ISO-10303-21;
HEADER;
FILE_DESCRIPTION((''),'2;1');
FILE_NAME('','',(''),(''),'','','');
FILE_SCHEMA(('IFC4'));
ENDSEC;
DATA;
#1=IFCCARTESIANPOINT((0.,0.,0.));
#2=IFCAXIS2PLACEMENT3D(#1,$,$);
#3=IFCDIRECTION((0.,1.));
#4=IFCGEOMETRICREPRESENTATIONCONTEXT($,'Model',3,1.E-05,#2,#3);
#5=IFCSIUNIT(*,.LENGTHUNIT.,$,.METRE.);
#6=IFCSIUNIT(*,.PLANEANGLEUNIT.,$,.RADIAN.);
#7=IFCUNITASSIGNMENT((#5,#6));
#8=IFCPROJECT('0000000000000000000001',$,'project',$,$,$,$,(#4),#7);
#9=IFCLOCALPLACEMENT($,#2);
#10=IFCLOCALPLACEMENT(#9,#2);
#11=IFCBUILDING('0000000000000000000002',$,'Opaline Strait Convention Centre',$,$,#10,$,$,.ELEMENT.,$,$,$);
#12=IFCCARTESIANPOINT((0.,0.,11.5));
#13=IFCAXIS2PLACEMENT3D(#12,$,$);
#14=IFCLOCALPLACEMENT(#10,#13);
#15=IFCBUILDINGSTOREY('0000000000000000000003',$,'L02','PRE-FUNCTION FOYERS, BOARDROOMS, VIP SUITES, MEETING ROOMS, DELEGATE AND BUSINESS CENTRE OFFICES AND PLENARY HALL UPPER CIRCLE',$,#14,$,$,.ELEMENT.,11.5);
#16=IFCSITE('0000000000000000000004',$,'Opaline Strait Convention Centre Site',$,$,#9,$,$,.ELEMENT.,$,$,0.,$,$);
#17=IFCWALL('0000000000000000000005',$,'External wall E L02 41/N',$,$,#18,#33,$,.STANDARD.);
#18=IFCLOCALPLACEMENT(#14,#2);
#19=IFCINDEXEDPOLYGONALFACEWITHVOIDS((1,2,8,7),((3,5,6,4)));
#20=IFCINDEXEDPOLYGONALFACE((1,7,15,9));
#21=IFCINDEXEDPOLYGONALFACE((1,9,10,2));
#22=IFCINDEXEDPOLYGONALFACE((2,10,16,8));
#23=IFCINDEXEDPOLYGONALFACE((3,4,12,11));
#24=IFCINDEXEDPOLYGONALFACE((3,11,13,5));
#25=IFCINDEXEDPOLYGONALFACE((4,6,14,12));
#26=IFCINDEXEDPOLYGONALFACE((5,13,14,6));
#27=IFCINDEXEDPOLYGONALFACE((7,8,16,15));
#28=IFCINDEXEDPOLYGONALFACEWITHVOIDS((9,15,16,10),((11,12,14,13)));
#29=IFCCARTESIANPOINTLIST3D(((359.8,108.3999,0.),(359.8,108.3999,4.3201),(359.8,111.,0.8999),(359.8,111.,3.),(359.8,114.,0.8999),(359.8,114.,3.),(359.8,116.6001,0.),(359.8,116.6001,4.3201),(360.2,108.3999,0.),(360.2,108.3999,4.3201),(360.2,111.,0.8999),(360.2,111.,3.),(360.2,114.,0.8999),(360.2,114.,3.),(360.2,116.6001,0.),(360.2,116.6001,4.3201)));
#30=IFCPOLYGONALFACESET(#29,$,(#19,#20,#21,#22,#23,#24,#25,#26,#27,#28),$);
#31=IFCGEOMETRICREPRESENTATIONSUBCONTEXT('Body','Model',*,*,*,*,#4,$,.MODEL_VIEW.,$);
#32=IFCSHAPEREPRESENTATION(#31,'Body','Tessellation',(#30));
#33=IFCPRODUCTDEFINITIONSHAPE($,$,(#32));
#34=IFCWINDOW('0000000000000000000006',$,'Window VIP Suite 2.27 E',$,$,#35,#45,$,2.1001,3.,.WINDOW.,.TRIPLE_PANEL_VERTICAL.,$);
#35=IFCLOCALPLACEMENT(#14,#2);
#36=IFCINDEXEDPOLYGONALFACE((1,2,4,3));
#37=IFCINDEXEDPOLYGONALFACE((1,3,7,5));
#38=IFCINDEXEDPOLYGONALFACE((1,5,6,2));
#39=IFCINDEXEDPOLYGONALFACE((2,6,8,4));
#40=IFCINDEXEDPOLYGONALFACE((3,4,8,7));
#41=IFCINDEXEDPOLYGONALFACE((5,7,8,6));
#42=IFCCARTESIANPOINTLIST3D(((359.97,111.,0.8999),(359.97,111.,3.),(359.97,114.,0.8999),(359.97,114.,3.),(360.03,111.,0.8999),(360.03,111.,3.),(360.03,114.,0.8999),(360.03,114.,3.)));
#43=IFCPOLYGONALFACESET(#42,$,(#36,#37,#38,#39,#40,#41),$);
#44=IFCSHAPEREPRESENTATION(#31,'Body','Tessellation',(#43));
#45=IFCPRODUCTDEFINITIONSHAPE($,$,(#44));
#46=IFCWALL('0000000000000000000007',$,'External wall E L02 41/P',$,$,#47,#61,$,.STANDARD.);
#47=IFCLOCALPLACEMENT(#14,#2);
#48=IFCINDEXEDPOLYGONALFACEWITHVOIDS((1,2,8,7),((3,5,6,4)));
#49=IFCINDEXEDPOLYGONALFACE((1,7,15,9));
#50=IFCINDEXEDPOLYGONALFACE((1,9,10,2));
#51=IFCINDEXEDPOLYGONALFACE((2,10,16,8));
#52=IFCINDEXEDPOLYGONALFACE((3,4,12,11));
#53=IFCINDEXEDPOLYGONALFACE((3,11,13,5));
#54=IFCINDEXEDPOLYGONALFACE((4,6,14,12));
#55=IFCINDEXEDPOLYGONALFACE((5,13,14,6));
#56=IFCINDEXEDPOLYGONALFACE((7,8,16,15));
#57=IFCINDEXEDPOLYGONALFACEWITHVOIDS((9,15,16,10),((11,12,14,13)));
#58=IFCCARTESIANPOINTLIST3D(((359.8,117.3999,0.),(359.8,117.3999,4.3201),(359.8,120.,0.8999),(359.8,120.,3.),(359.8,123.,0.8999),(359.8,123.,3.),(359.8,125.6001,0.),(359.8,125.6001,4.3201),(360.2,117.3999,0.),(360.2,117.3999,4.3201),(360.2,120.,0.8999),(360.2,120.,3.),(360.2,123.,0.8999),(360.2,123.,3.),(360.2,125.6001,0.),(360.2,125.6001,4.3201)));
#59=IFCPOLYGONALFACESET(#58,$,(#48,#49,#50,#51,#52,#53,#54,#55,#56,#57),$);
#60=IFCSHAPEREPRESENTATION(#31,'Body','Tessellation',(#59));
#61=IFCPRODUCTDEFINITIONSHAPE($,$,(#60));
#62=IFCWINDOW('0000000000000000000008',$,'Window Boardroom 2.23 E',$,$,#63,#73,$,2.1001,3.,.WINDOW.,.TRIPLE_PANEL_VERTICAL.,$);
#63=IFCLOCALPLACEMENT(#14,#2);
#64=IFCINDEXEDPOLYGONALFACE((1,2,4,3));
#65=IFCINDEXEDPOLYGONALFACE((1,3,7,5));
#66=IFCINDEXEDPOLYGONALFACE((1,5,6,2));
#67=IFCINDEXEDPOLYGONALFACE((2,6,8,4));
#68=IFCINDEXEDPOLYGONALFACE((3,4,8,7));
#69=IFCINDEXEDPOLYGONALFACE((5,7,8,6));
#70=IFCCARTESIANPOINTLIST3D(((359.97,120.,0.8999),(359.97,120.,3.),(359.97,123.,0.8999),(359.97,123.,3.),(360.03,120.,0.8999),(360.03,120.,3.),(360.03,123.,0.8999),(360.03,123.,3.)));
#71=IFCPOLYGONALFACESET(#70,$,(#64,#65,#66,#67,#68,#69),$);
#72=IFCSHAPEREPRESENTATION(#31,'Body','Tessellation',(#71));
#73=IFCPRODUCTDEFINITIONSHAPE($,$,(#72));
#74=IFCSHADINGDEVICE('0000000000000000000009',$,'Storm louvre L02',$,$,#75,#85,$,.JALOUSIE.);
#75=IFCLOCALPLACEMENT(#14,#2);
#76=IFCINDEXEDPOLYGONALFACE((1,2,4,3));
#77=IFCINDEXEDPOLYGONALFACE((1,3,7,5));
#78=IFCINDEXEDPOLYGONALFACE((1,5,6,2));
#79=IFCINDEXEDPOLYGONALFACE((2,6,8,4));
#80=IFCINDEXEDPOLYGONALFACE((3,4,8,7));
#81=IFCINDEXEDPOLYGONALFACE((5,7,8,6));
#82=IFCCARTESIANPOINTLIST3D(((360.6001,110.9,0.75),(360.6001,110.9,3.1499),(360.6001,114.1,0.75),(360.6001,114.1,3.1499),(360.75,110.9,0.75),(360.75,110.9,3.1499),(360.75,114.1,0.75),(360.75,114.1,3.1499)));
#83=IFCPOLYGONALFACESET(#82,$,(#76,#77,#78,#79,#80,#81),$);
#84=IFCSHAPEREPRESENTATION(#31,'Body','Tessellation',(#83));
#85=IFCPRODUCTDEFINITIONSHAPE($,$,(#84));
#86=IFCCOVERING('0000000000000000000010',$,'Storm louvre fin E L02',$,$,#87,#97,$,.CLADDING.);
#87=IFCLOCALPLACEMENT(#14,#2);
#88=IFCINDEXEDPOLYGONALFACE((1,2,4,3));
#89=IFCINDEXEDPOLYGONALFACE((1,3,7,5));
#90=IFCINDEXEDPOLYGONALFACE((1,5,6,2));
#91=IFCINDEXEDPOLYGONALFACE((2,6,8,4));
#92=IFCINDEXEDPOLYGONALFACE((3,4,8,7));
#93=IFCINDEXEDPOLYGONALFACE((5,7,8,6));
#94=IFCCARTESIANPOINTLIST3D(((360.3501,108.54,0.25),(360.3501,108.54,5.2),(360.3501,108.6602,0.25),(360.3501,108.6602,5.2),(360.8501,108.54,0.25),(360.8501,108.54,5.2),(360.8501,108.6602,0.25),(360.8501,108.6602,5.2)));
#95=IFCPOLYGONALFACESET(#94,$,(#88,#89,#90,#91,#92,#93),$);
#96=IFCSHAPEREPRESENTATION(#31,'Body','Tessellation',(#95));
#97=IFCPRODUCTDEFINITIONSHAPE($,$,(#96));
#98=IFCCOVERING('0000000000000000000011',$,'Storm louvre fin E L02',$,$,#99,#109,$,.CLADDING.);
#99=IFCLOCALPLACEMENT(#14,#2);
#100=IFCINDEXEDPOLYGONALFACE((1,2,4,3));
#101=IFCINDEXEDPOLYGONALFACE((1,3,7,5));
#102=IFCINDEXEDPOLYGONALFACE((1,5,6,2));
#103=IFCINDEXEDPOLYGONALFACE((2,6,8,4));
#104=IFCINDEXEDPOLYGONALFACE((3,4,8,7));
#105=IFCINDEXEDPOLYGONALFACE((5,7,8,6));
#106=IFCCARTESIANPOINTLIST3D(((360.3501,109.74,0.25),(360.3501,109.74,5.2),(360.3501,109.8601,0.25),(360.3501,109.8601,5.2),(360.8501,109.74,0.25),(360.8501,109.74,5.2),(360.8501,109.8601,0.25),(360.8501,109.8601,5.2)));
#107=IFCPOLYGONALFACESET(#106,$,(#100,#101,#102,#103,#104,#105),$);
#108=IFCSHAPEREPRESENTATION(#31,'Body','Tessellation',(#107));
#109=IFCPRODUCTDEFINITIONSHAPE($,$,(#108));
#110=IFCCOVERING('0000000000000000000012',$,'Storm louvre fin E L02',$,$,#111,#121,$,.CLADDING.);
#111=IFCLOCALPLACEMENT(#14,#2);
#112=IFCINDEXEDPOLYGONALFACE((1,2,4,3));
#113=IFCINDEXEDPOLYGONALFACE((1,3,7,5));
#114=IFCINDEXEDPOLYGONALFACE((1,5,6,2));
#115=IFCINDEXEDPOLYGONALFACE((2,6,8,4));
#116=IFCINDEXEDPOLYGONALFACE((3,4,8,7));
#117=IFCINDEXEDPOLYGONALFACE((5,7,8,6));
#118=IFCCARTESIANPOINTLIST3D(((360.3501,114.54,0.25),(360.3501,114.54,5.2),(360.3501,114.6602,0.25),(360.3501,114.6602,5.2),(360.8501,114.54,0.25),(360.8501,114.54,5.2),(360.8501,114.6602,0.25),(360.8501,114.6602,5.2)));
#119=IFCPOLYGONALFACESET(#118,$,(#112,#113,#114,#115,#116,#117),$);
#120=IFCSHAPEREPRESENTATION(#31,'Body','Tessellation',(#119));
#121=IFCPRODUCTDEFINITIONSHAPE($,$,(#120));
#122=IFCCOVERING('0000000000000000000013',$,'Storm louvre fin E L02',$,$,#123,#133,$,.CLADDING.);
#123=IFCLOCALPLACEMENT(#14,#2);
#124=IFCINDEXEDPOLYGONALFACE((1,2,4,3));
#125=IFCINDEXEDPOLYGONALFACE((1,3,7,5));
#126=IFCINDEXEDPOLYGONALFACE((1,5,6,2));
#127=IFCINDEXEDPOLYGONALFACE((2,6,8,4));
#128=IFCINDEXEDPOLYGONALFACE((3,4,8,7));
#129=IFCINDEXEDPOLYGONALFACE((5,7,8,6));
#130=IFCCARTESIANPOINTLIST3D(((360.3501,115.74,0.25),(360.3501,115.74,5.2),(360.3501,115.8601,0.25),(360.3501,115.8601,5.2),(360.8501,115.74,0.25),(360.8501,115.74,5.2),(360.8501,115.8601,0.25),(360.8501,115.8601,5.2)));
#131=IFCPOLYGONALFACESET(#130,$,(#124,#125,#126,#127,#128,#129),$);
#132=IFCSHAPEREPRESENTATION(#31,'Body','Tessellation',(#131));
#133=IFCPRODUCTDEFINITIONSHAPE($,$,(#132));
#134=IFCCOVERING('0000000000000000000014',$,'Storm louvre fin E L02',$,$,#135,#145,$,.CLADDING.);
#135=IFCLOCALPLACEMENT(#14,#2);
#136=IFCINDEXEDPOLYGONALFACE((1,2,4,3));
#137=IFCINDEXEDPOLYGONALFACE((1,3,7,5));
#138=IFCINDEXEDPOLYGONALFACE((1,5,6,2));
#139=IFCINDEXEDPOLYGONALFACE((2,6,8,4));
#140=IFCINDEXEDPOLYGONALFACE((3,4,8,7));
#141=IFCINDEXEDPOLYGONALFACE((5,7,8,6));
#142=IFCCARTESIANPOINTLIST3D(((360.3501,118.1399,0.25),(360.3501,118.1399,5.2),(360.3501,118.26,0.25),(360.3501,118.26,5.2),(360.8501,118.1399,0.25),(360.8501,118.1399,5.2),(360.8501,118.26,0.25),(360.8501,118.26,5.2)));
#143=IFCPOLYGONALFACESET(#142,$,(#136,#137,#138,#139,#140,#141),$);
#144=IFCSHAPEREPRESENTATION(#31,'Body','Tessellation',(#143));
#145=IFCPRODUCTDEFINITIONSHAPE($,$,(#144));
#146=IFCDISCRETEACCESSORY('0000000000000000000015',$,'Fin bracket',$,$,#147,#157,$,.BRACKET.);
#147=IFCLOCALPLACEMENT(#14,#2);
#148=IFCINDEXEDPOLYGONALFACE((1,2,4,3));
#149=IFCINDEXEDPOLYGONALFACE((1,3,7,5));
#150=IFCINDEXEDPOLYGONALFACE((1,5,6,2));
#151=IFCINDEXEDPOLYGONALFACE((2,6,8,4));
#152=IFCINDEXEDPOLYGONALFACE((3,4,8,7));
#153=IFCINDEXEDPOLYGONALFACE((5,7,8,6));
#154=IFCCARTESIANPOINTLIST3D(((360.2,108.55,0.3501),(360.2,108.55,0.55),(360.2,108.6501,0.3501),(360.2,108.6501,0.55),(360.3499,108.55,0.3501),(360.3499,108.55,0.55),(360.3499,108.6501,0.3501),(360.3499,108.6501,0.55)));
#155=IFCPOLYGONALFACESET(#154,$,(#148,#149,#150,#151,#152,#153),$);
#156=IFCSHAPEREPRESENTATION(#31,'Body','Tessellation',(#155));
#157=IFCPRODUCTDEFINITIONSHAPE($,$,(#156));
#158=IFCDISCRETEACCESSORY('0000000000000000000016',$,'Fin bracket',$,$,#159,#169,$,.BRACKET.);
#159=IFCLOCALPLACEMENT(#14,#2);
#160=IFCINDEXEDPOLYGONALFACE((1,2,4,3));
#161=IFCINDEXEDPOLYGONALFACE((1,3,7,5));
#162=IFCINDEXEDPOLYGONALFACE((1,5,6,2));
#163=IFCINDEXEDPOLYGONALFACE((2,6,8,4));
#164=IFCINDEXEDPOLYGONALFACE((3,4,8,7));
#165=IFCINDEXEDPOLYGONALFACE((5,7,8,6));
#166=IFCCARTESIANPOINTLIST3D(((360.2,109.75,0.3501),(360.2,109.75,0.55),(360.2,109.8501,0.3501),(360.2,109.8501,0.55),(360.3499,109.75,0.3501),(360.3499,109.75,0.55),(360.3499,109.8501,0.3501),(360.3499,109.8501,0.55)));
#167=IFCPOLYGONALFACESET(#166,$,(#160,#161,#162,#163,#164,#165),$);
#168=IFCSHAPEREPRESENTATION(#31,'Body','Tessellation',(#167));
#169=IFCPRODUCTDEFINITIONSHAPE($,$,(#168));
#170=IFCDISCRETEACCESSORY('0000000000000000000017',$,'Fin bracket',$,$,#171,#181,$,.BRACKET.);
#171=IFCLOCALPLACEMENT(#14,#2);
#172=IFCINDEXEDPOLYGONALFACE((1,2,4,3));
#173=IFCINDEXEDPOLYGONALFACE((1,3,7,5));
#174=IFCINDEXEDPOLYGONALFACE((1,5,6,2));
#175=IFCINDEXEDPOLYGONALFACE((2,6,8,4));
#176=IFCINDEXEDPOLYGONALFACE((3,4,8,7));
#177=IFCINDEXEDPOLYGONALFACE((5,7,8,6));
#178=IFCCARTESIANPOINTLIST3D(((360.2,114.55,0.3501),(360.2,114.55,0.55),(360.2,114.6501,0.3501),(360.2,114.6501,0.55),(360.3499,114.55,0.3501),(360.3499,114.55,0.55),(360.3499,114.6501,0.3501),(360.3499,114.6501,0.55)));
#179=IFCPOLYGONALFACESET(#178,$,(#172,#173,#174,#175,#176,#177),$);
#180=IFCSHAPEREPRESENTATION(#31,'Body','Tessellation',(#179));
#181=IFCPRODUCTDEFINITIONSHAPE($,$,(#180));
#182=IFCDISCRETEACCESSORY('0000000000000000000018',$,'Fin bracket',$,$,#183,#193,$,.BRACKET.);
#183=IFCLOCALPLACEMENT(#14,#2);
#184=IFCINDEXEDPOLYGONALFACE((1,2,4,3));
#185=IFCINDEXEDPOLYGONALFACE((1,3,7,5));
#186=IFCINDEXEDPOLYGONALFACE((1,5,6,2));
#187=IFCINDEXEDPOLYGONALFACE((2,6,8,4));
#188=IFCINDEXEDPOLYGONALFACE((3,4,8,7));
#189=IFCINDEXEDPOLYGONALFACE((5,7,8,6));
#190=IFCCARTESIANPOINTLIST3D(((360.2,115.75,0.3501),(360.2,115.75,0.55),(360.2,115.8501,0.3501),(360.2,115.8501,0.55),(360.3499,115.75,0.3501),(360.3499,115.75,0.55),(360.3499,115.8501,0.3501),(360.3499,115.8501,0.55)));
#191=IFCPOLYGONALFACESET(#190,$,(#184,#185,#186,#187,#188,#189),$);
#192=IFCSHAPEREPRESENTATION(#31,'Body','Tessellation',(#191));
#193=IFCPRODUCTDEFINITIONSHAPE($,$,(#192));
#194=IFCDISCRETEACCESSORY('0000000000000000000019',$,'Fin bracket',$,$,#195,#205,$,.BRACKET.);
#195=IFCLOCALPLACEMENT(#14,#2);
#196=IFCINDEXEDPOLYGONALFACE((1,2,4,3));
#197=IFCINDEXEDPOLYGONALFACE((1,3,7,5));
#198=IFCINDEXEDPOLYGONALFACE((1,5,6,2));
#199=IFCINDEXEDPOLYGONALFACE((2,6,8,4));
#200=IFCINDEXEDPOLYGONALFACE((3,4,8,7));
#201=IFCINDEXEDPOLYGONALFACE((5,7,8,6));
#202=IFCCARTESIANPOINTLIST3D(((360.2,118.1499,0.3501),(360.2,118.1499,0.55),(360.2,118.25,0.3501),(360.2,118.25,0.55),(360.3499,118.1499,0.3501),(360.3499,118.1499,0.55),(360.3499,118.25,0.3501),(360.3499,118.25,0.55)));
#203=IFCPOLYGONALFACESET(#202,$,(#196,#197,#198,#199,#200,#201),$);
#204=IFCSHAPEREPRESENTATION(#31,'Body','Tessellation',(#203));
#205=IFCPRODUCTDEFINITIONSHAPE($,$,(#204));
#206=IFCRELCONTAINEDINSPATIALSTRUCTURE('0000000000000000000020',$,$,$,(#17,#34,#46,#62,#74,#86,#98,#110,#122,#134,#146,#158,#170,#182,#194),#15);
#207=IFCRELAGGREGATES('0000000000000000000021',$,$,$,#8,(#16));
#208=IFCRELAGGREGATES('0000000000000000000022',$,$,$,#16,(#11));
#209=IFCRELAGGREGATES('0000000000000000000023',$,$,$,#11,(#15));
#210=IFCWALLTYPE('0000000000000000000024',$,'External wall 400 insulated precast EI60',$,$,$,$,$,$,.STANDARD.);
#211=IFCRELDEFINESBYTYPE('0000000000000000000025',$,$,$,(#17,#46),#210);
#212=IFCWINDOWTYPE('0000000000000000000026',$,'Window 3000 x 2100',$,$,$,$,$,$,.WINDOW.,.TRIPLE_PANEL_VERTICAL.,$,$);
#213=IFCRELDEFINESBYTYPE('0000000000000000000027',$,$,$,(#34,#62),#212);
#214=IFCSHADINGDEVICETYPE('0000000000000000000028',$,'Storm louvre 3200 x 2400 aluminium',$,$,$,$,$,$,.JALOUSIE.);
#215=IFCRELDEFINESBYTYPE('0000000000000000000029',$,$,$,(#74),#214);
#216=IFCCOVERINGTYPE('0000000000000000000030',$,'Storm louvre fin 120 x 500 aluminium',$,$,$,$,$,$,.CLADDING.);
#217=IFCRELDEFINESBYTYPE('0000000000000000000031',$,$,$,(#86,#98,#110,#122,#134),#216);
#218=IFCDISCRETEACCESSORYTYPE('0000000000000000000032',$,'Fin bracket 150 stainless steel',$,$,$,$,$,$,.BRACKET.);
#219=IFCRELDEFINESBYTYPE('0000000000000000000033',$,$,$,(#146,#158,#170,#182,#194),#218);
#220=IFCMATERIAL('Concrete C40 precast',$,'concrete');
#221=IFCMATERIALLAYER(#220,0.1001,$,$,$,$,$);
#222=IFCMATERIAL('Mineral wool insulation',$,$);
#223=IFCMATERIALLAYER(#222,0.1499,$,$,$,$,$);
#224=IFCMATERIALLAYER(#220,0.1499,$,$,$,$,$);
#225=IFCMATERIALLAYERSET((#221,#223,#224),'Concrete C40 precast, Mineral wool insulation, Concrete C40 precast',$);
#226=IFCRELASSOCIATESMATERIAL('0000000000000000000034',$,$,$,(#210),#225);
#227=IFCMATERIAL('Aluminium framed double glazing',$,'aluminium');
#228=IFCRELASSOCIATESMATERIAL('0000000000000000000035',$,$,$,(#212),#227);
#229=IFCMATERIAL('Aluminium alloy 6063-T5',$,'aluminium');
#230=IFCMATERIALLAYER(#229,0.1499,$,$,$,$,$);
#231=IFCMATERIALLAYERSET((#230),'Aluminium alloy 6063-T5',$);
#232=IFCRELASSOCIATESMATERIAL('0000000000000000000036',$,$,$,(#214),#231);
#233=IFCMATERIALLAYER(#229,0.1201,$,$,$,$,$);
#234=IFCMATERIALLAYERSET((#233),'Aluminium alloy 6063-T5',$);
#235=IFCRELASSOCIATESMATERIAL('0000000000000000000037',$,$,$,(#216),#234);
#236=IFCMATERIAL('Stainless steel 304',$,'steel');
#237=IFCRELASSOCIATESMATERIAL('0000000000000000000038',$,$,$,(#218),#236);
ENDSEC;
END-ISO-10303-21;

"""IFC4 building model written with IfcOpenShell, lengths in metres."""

from ifc_helpers import new_model, si_unit, direction, frame, frame_2d, origin, origin_2d, place, context, subcontext, project, spatial, rectangle, extrude, material, layer, layer_set, type_object, element, fill, save


model = new_model("IFC4")

# Units and contexts
model_context = context("Model", 3, precision=1e-05, world=origin(), true_north=direction((0.0, 1.0)))
body_context = subcontext(model_context, "Body", "Model", "MODEL_VIEW")
ifc_project = project(units=[si_unit("LENGTHUNIT", "METRE"), si_unit("PLANEANGLEUNIT", "RADIAN")], contexts=[model_context])

# Site, building, storey
site_placement = place(None, origin())
site = spatial("IfcSite", under=ifc_project, at=site_placement, Name="Opaline Strait Convention Centre Site", CompositionType="ELEMENT", RefElevation=0.0)
building_placement = place(site_placement, origin())
building = spatial("IfcBuilding", under=site, at=building_placement, Name="Opaline Strait Convention Centre", CompositionType="ELEMENT")
storey_placement = place(building_placement, frame((0.0, 0.0, 11.5)))
storey = spatial("IfcBuildingStorey", under=building, at=storey_placement, Name="L02", Description="PRE-FUNCTION FOYERS, BOARDROOMS, VIP SUITES, MEETING ROOMS, DELEGATE AND BUSINESS CENTRE OFFICES AND PLENARY HALL UPPER CIRCLE", CompositionType="ELEMENT", Elevation=11.5)

# Walls, openings, windows
ifc_material_1 = material(Name="Concrete C40 precast", Category="concrete")
ifc_layer_1 = layer(ifc_material_1, 0.1001)
ifc_material_2 = material(Name="Mineral wool insulation")
ifc_layer_2 = layer(ifc_material_2, 0.1499)
ifc_layer_3 = layer(ifc_material_1, 0.1499)
ifc_layer_set_1 = layer_set([ifc_layer_1, ifc_layer_2, ifc_layer_3], Name="Concrete C40 precast, Mineral wool insulation, Concrete C40 precast")
wall_type_1 = type_object("IfcWallType", Name="External wall 400 insulated precast EI60", PredefinedType="STANDARD", material=ifc_layer_set_1)
wall_1_placement = place(storey_placement, frame((360.0, 108.3999, 0.0), z_axis=(0.0, 0.0, 1.0), x_axis=(0.0, 1.0, 0.0)))
wall_1 = element("IfcWall", 1, at=wall_1_placement, inside=storey, type_object=wall_type_1, Name="External wall E L02 41/N", PredefinedType="STANDARD", context=body_context, shape_type="SweptSolid", body=[
    extrude(rectangle(XDim=8.2002, YDim=0.3999, at=frame_2d((4.1001, 0.0))), origin(), (0.0, 0.0, 1.0), 4.3201),
])
opening_1_placement = place(wall_1_placement, frame((2.6001, 0.0, 0.8999)))
opening_1 = element("IfcOpeningElement", 2, at=opening_1_placement, cuts=wall_1, PredefinedType="OPENING", context=body_context, shape_type="SweptSolid", body=[
    extrude(rectangle(XDim=3.0, YDim=2.1001, at=frame_2d((1.5, 1.05))), frame((0.0, 0.21, 0.0), z_axis=(0.0, -1.0, 0.0), x_axis=(1.0, 0.0, 0.0)), (0.0, 0.0, 1.0), 0.4199),
])
ifc_material_3 = material(Name="Aluminium framed double glazing", Category="aluminium")
window_type = type_object("IfcWindowType", Name="Window 3000 x 2100", PartitioningType="TRIPLE_PANEL_VERTICAL", PredefinedType="WINDOW", material=ifc_material_3)
window_1_placement = place(opening_1_placement, origin())
window_1 = element("IfcWindow", 3, at=window_1_placement, inside=storey, type_object=window_type, Name="Window VIP Suite 2.27 E", OverallHeight=2.1001, OverallWidth=3.0, PartitioningType="TRIPLE_PANEL_VERTICAL", PredefinedType="WINDOW", context=body_context, shape_type="SweptSolid", body=[
    extrude(rectangle(XDim=3.0, YDim=2.1001, at=frame_2d((1.5, 1.05))), frame((0.0, 0.03, 0.0), z_axis=(0.0, -1.0, 0.0), x_axis=(1.0, 0.0, 0.0)), (0.0, 0.0, 1.0), 0.0601),
])
fill(opening_1, window_1)
wall_2_placement = place(storey_placement, frame((360.0, 117.3999, 0.0), z_axis=(0.0, 0.0, 1.0), x_axis=(0.0, 1.0, 0.0)))
wall_2 = element("IfcWall", 4, at=wall_2_placement, inside=storey, type_object=wall_type_1, Name="External wall E L02 41/P", PredefinedType="STANDARD", context=body_context, shape_type="SweptSolid", body=[
    extrude(rectangle(XDim=8.2002, YDim=0.3999, at=frame_2d((4.1001, 0.0))), origin(), (0.0, 0.0, 1.0), 4.3201),
])
opening_2_placement = place(wall_2_placement, frame((2.6001, 0.0, 0.8999)))
opening_2 = element("IfcOpeningElement", 5, at=opening_2_placement, cuts=wall_2, PredefinedType="OPENING", context=body_context, shape_type="SweptSolid", body=[
    extrude(rectangle(XDim=3.0, YDim=2.1001, at=frame_2d((1.5, 1.05))), frame((0.0, 0.21, 0.0), z_axis=(0.0, -1.0, 0.0), x_axis=(1.0, 0.0, 0.0)), (0.0, 0.0, 1.0), 0.4199),
])
window_2_placement = place(opening_2_placement, origin())
window_2 = element("IfcWindow", 6, at=window_2_placement, inside=storey, type_object=window_type, Name="Window Boardroom 2.23 E", OverallHeight=2.1001, OverallWidth=3.0, PartitioningType="TRIPLE_PANEL_VERTICAL", PredefinedType="WINDOW", context=body_context, shape_type="SweptSolid", body=[
    extrude(rectangle(XDim=3.0, YDim=2.1001, at=frame_2d((1.5, 1.05))), frame((0.0, 0.03, 0.0), z_axis=(0.0, -1.0, 0.0), x_axis=(1.0, 0.0, 0.0)), (0.0, 0.0, 1.0), 0.0601),
])
fill(opening_2, window_2)

# Shading device
ifc_material_4 = material(Name="Aluminium alloy 6063-T5", Category="aluminium")
ifc_layer_4 = layer(ifc_material_4, 0.1499)
ifc_layer_set_2 = layer_set([ifc_layer_4], Name="Aluminium alloy 6063-T5")
shading_device_type = type_object("IfcShadingDeviceType", Name="Storm louvre 3200 x 2400 aluminium", PredefinedType="JALOUSIE", material=ifc_layer_set_2)
shading_device_placement = place(storey_placement, frame((360.675, 112.5, 0.75), z_axis=(0.0, 0.0, 1.0), x_axis=(1.0, 0.0, 0.0)))
element("IfcShadingDevice", 7, at=shading_device_placement, inside=storey, type_object=shading_device_type, Name="Storm louvre L02", PredefinedType="JALOUSIE", context=body_context, shape_type="SweptSolid", body=[
    extrude(rectangle(XDim=0.1499, YDim=3.2, at=origin_2d()), origin(), (0.0, 0.0, 1.0), 2.3999),
])

# Coverings
ifc_layer_5 = layer(ifc_material_4, 0.1201)
ifc_layer_set_3 = layer_set([ifc_layer_5], Name="Aluminium alloy 6063-T5")
covering_type = type_object("IfcCoveringType", Name="Storm louvre fin 120 x 500 aluminium", PredefinedType="CLADDING", material=ifc_layer_set_3)
for number, where, z_axis, x_axis, name in (
    (8, (360.6001, 108.6001, 0.25), (0.0, 0.0, 1.0), (1.0, 0.0, 0.0), "Storm louvre fin E L02"),
    (9, (360.6001, 109.8, 0.25), (0.0, 0.0, 1.0), (1.0, 0.0, 0.0), "Storm louvre fin E L02"),
    (10, (360.6001, 114.6001, 0.25), (0.0, 0.0, 1.0), (1.0, 0.0, 0.0), "Storm louvre fin E L02"),
    (11, (360.6001, 115.8, 0.25), (0.0, 0.0, 1.0), (1.0, 0.0, 0.0), "Storm louvre fin E L02"),
    (12, (360.6001, 118.2, 0.25), (0.0, 0.0, 1.0), (1.0, 0.0, 0.0), "Storm louvre fin E L02"),
):
    element("IfcCovering", number, at=place(storey_placement, frame(where, z_axis=z_axis, x_axis=x_axis)), inside=storey, type_object=covering_type, Name=name, PredefinedType="CLADDING", context=body_context, shape_type="SweptSolid", body=[
        extrude(rectangle(XDim=0.5, YDim=0.1201, at=origin_2d()), origin(), (0.0, 0.0, 1.0), 4.95),
    ])

# Discrete accessories
ifc_material_5 = material(Name="Stainless steel 304", Category="steel")
discrete_accessory_type_1 = type_object("IfcDiscreteAccessoryType", Name="Fin bracket 150 stainless steel", PredefinedType="BRACKET", material=ifc_material_5)
for number, where, z_axis, x_axis, name in (
    (13, (360.2749, 108.6001, 0.3501), (0.0, 0.0, 1.0), (1.0, 0.0, 0.0), "Fin bracket"),
    (14, (360.2749, 109.8, 0.3501), (0.0, 0.0, 1.0), (1.0, 0.0, 0.0), "Fin bracket"),
    (15, (360.2749, 114.6001, 0.3501), (0.0, 0.0, 1.0), (1.0, 0.0, 0.0), "Fin bracket"),
    (16, (360.2749, 115.8, 0.3501), (0.0, 0.0, 1.0), (1.0, 0.0, 0.0), "Fin bracket"),
    (17, (360.2749, 118.2, 0.3501), (0.0, 0.0, 1.0), (1.0, 0.0, 0.0), "Fin bracket"),
):
    element("IfcDiscreteAccessory", number, at=place(storey_placement, frame(where, z_axis=z_axis, x_axis=x_axis)), inside=storey, type_object=discrete_accessory_type_1, Name=name, PredefinedType="BRACKET", context=body_context, shape_type="SweptSolid", body=[
        extrude(rectangle(XDim=0.1499, YDim=0.1001, at=origin_2d()), origin(), (0.0, 0.0, 1.0), 0.2),
    ])

save(model, "model.ifc")
